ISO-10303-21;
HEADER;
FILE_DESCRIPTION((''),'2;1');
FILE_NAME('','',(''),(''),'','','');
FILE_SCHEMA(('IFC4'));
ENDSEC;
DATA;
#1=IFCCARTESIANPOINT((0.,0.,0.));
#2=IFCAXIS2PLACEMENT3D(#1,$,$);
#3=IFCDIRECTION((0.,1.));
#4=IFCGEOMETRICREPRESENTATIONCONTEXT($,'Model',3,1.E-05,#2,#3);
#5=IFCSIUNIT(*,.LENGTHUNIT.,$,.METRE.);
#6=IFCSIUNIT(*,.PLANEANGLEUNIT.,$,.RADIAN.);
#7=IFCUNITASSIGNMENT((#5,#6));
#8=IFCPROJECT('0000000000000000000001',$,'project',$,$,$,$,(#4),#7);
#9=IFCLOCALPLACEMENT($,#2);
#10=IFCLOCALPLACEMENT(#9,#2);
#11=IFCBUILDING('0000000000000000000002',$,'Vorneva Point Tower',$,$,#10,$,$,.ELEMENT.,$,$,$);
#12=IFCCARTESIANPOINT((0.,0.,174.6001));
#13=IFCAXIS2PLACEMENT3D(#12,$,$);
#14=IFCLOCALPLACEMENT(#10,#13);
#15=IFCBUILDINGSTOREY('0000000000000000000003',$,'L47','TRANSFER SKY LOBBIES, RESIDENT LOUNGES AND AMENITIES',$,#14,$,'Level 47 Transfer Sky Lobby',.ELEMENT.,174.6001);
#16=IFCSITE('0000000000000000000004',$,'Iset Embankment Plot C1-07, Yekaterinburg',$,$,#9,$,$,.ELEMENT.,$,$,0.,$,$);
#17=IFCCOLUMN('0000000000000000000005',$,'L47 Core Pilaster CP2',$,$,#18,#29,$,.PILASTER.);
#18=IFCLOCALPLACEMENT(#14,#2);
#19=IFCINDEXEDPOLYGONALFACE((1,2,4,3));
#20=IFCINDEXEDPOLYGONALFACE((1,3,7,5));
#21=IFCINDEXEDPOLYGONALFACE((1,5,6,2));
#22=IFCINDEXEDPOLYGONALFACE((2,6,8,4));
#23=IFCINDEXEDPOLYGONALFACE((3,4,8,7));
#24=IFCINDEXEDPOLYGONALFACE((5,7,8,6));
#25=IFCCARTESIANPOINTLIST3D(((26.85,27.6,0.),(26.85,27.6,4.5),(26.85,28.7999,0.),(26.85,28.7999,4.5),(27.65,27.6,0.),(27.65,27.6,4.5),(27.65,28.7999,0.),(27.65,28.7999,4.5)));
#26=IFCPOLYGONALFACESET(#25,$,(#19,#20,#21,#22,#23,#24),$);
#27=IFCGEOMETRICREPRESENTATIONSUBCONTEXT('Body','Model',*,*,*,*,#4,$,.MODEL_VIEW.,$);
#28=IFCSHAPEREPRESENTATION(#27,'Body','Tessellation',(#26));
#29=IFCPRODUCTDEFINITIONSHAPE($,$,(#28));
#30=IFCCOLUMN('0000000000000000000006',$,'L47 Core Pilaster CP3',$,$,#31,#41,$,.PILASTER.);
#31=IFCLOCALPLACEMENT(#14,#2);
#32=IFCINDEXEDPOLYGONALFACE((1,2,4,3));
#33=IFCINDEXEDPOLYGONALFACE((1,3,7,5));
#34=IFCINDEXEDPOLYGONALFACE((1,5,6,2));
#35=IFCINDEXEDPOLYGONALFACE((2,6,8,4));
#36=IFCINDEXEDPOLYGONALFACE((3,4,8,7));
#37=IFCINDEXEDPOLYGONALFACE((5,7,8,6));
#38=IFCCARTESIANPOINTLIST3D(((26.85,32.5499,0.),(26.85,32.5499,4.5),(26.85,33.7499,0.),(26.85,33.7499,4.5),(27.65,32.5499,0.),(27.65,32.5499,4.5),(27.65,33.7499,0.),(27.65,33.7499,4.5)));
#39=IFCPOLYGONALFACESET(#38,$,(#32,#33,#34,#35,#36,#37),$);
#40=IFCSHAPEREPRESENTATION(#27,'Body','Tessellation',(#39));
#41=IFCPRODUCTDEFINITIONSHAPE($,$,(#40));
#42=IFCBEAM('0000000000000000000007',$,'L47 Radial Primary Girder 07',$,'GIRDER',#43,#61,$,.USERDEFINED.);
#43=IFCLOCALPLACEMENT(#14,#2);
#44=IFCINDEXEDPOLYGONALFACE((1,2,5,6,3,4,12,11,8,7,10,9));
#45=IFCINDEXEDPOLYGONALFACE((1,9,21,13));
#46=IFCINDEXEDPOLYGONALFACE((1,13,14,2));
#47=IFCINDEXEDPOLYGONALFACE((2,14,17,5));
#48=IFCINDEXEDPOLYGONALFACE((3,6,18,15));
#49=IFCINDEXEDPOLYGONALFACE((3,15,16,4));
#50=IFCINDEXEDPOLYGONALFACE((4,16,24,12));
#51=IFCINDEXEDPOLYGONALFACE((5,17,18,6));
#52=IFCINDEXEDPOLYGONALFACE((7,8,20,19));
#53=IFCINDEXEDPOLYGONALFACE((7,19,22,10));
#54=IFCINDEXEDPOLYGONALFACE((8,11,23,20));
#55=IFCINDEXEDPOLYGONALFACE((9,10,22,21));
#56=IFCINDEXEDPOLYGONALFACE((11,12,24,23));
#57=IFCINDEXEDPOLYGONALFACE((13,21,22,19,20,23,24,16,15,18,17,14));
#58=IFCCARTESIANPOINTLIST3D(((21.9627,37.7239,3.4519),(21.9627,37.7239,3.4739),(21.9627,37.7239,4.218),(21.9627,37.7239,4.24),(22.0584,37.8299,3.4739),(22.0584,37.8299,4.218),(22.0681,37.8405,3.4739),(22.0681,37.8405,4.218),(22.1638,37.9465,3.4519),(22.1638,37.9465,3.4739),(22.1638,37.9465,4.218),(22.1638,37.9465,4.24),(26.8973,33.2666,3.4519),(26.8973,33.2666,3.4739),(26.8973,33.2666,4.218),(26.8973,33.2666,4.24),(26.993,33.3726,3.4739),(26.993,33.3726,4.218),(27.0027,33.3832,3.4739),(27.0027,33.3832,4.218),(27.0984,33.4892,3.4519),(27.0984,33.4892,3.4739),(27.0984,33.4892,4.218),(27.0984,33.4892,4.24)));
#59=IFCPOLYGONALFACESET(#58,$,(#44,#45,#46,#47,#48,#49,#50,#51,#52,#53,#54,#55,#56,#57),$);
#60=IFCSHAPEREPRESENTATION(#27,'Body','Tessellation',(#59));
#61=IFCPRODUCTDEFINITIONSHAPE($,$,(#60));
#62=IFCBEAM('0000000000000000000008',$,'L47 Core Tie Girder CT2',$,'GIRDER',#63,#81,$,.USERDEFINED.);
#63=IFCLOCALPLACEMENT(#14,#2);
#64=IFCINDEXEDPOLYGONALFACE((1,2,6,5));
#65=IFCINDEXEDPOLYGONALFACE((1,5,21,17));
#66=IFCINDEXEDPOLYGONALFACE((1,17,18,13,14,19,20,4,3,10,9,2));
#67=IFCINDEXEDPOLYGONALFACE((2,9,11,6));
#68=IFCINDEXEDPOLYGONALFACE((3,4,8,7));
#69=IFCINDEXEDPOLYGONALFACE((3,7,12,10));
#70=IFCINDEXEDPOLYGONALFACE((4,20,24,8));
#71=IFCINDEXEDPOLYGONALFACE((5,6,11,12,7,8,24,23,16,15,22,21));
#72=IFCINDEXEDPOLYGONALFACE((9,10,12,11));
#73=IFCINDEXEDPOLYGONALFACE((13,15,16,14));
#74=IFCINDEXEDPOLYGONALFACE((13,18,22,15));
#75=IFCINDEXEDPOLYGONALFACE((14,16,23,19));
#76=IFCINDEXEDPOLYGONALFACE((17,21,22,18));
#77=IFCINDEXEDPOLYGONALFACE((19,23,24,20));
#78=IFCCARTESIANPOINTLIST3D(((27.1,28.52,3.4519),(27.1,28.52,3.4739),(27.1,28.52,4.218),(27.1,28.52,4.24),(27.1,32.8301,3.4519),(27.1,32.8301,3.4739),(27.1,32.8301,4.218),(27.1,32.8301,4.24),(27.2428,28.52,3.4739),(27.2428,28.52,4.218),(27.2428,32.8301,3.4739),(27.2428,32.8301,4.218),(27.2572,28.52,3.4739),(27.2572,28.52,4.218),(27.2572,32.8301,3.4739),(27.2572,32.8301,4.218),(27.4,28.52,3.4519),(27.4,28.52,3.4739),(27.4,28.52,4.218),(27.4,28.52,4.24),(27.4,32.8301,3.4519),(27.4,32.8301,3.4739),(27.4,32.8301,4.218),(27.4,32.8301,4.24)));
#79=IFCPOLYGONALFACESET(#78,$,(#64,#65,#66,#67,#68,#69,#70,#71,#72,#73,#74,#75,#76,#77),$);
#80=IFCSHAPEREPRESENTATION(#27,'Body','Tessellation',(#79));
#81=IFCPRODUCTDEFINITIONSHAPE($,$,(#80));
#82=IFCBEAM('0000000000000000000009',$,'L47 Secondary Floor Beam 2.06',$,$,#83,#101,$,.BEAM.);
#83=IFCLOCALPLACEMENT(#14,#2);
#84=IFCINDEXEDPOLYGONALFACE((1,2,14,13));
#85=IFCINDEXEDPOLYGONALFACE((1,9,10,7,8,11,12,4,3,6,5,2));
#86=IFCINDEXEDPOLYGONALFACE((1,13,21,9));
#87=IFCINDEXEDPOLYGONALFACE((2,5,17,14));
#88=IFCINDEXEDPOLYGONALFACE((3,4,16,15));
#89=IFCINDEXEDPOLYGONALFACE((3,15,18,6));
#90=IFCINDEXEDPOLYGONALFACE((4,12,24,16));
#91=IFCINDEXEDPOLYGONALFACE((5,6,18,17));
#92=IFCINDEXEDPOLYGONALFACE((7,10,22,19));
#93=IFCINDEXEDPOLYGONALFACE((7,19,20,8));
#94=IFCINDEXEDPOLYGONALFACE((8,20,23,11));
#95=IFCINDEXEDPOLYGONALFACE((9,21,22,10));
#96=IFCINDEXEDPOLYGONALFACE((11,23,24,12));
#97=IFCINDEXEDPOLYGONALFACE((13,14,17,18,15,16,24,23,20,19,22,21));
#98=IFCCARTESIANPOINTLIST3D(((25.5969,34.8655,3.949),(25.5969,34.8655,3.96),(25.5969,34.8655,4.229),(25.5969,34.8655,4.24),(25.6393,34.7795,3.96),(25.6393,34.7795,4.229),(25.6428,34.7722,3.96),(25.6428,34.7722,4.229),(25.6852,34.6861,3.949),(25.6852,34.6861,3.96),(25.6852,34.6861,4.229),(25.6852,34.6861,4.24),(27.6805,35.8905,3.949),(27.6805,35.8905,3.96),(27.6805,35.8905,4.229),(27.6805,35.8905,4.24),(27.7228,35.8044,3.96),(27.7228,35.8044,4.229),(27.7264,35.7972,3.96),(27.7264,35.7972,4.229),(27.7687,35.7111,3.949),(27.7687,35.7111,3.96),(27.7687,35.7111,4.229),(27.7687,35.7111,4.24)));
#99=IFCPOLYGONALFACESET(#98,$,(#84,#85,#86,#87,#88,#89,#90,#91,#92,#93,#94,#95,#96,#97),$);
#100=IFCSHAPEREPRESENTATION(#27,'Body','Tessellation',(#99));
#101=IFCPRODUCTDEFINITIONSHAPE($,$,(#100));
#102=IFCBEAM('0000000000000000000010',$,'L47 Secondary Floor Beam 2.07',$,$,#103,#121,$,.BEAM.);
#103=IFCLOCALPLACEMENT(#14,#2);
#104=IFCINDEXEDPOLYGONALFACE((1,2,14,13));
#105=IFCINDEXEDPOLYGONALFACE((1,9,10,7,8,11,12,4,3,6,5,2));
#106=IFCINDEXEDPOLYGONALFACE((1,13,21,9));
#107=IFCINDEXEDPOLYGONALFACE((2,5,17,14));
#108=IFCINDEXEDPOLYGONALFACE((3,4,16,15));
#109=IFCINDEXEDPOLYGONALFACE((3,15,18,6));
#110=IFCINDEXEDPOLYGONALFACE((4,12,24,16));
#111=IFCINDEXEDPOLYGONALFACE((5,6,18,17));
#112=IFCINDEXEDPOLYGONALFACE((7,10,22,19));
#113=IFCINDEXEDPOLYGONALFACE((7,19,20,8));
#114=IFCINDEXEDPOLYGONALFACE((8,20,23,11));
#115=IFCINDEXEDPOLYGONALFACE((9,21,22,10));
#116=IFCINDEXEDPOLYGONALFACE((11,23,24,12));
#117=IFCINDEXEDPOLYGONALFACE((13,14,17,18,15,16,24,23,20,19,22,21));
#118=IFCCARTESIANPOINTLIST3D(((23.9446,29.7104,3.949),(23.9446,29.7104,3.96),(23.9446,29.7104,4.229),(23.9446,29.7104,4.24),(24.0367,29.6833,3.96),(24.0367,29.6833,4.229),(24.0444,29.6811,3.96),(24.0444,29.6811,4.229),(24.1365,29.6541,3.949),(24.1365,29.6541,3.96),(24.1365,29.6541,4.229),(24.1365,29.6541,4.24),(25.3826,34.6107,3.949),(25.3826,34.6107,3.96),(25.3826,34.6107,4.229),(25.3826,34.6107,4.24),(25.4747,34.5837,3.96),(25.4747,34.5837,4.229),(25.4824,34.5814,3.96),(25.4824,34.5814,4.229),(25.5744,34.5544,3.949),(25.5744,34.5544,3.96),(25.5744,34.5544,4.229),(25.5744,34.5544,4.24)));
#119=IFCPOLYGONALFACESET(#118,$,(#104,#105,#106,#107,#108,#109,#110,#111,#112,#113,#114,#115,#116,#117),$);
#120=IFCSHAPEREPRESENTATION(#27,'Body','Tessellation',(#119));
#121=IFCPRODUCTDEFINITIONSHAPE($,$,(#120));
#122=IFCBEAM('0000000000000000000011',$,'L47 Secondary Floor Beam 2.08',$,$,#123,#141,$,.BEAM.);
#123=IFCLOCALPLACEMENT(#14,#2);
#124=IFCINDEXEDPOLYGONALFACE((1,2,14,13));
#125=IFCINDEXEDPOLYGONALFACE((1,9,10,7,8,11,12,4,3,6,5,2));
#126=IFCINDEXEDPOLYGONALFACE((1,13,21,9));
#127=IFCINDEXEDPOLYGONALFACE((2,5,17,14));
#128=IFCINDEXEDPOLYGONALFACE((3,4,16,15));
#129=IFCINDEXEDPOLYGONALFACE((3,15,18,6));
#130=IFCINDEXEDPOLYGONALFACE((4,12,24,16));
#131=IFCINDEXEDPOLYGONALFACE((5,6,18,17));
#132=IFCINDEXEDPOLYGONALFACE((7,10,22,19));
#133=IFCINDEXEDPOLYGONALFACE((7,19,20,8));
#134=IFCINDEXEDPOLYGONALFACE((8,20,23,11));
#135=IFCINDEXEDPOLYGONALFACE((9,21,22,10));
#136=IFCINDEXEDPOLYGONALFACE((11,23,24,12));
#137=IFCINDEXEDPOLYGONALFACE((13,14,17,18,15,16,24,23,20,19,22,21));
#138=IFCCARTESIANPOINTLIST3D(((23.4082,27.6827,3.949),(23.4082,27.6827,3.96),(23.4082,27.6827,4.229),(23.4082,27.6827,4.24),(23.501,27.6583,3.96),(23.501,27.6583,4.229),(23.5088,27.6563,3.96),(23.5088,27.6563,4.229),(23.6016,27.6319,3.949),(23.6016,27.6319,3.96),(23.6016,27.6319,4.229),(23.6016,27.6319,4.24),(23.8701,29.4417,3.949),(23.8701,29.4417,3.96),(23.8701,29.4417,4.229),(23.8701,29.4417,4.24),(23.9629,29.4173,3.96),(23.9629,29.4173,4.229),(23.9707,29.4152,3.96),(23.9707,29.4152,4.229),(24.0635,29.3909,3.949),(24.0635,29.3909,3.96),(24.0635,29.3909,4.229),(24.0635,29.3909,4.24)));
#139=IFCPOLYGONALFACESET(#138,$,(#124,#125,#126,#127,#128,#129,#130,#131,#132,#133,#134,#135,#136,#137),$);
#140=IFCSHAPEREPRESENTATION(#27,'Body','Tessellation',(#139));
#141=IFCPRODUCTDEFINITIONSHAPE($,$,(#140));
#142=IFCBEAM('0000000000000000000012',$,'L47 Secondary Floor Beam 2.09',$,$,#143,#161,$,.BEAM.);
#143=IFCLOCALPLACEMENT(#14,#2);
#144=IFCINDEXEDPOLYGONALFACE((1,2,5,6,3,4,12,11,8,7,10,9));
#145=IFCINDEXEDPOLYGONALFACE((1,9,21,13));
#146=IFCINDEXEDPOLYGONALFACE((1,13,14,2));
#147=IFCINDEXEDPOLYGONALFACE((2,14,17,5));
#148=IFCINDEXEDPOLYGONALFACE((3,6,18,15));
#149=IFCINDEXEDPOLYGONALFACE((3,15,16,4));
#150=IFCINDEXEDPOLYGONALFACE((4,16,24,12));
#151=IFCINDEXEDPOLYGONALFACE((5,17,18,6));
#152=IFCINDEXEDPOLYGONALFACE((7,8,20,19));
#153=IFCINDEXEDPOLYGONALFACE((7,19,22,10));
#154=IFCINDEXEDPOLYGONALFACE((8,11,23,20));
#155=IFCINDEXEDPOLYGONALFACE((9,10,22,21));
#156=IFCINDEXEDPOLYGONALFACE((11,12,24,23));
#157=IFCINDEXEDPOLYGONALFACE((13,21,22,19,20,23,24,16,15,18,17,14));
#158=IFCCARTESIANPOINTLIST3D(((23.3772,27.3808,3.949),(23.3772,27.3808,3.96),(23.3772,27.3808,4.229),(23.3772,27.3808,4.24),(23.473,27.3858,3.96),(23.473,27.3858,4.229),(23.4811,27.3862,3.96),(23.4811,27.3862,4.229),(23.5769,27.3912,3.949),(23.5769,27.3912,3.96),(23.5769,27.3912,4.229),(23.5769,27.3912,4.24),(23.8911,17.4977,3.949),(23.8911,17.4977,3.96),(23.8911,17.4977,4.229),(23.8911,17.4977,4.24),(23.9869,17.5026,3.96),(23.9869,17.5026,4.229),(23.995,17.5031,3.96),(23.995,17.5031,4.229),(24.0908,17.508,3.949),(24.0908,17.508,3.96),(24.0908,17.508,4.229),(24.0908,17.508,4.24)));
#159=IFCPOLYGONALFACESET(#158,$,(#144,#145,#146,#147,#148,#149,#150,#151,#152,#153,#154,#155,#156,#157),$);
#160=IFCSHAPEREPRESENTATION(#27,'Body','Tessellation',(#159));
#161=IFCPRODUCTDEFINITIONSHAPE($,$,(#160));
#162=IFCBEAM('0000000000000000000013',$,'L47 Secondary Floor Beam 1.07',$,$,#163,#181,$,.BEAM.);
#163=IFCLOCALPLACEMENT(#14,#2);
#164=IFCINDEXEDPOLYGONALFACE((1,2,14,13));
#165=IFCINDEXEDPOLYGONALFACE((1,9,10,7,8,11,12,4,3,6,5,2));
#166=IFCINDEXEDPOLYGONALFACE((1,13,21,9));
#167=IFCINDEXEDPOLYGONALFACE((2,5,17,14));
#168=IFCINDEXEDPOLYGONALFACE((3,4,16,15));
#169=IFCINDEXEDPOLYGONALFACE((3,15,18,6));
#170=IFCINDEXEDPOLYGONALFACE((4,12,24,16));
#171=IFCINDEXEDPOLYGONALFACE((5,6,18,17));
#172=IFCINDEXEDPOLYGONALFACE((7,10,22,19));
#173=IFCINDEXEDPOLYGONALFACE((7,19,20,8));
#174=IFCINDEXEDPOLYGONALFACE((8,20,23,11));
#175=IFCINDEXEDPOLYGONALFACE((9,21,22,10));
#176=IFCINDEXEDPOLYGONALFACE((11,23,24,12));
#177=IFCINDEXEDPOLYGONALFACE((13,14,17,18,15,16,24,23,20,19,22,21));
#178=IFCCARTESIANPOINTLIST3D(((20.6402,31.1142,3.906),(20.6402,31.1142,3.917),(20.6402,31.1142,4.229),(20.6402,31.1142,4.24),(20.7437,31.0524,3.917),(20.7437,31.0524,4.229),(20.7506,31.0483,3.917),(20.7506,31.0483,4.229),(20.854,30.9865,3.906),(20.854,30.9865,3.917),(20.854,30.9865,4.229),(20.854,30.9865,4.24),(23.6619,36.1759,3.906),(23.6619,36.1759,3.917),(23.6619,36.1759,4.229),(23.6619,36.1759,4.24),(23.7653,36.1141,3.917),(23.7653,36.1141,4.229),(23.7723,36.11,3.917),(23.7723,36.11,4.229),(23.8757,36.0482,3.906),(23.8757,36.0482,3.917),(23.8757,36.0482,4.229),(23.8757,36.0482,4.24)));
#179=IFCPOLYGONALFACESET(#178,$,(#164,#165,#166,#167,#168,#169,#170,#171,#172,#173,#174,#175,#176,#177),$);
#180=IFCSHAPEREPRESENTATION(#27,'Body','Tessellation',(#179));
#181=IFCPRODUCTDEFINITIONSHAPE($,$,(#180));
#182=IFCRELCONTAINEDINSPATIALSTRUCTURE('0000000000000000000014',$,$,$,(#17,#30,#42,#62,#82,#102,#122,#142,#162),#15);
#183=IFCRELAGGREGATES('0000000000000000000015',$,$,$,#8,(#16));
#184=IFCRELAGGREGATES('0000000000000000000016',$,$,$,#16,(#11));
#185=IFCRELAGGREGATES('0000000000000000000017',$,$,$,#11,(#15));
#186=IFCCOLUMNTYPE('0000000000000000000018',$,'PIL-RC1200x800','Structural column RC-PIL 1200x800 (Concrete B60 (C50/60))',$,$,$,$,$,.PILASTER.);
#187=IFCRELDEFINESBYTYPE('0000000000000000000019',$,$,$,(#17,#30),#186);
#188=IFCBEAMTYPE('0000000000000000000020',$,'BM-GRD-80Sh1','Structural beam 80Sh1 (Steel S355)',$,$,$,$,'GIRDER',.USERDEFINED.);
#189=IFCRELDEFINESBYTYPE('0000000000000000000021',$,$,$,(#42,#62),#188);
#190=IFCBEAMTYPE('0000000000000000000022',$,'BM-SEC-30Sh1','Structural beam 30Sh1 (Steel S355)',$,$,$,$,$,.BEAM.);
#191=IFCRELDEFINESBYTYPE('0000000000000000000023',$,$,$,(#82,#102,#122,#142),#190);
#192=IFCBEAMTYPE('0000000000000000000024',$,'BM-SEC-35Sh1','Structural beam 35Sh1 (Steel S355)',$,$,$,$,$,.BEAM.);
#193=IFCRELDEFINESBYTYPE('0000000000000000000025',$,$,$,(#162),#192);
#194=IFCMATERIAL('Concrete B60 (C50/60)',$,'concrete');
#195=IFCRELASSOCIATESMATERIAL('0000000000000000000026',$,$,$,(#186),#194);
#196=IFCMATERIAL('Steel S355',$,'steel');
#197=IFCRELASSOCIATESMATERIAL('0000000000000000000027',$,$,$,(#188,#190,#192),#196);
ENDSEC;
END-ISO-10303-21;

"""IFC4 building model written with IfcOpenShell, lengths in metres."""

from ifc_helpers import new_model, si_unit, direction, frame, origin, origin_2d, place, context, subcontext, project, spatial, rectangle, i_section, extrude, material, material_profile, profile_set, type_object, element, save


model = new_model("IFC4")

# Units and contexts
model_context = context("Model", 3, precision=1e-05, world=origin(), true_north=direction((0.0, 1.0)))
body_context = subcontext(model_context, "Body", "Model", "MODEL_VIEW")
ifc_project = project(units=[si_unit("LENGTHUNIT", "METRE"), si_unit("PLANEANGLEUNIT", "RADIAN")], contexts=[model_context])

# Site, building, storey
site_placement = place(None, origin())
site = spatial("IfcSite", under=ifc_project, at=site_placement, Name="Iset Embankment Plot C1-07, Yekaterinburg", CompositionType="ELEMENT", RefElevation=0.0)
building_placement = place(site_placement, origin())
building = spatial("IfcBuilding", under=site, at=building_placement, Name="Vorneva Point Tower", CompositionType="ELEMENT")
storey_placement = place(building_placement, frame((0.0, 0.0, 174.6001)))
storey = spatial("IfcBuildingStorey", under=building, at=storey_placement, Name="L47", Description="TRANSFER SKY LOBBIES, RESIDENT LOUNGES AND AMENITIES", LongName="Level 47 Transfer Sky Lobby", CompositionType="ELEMENT", Elevation=174.6001)

# Columns
ifc_material_1 = material(Name="Concrete B60 (C50/60)", Category="concrete")
ifc_material_profile_1 = material_profile(ifc_material_1, rectangle(XDim=0.8, YDim=1.2, at=origin_2d()), Name="RC-PIL 1200x800")
ifc_profile_set_1 = profile_set([ifc_material_profile_1], Name="Concrete B60 (C50/60)")
column_type_1 = type_object("IfcColumnType", Name="PIL-RC1200x800", Description="Structural column RC-PIL 1200x800 (Concrete B60 (C50/60))", PredefinedType="PILASTER", material=ifc_profile_set_1)
for number, where, z_axis, x_axis, name in (
    (1, (27.25, 28.2, 0.0), (0.0, 0.0, 1.0), (1.0, 0.0, 0.0), "L47 Core Pilaster CP2"),
    (2, (27.25, 33.1499, 0.0), (0.0, 0.0, 1.0), (1.0, 0.0, 0.0), "L47 Core Pilaster CP3"),
):
    element("IfcColumn", number, at=place(storey_placement, frame(where, z_axis=z_axis, x_axis=x_axis)), inside=storey, type_object=column_type_1, Name=name, PredefinedType="PILASTER", context=body_context, shape_type="SweptSolid", body=[
        extrude(rectangle(XDim=0.8, YDim=1.2, at=origin_2d()), origin(), (0.0, 0.0, 1.0), 4.5),
    ])

# Beams
ifc_material_2 = material(Name="Steel S355", Category="steel")
ifc_material_profile_2 = material_profile(ifc_material_2, i_section(OverallWidth=0.3, OverallDepth=0.7881, WebThickness=0.0144, FlangeThickness=0.022, at=origin_2d()), Name="80Sh1")
ifc_profile_set_2 = profile_set([ifc_material_profile_2], Name="Steel S355")
beam_type_1 = type_object("IfcBeamType", Name="BM-GRD-80Sh1", Description="Structural beam 80Sh1 (Steel S355)", ElementType="GIRDER", PredefinedType="USERDEFINED", material=ifc_profile_set_2)
beam_1_placement = place(storey_placement, frame((22.0632, 37.8352, 3.8459), z_axis=(0.742084, -0.670306, 0.0), x_axis=(0.670306, 0.742084, 0.0)))
element("IfcBeam", 3, at=beam_1_placement, inside=storey, type_object=beam_type_1, Name="L47 Radial Primary Girder 07", ObjectType="GIRDER", PredefinedType="USERDEFINED", context=body_context, shape_type="SweptSolid", body=[
    extrude(i_section(OverallWidth=0.3, OverallDepth=0.7881, WebThickness=0.0144, FlangeThickness=0.022, at=origin_2d()), origin(), (0.0, 0.0, 1.0), 6.6497),
])
beam_2_placement = place(storey_placement, frame((27.25, 28.52, 3.8459), z_axis=(0.0, 1.0, 0.0), x_axis=(-1.0, 0.0, 0.0)))
element("IfcBeam", 4, at=beam_2_placement, inside=storey, type_object=beam_type_1, Name="L47 Core Tie Girder CT2", ObjectType="GIRDER", PredefinedType="USERDEFINED", context=body_context, shape_type="SweptSolid", body=[
    extrude(i_section(OverallWidth=0.3, OverallDepth=0.7881, WebThickness=0.0144, FlangeThickness=0.022, at=origin_2d()), origin(), (0.0, 0.0, 1.0), 4.3101),
])
ifc_material_profile_3 = material_profile(ifc_material_2, i_section(OverallWidth=0.2, OverallDepth=0.291, WebThickness=0.0081, FlangeThickness=0.011, at=origin_2d()), Name="30Sh1")
ifc_profile_set_3 = profile_set([ifc_material_profile_3], Name="Steel S355")
beam_type_2 = type_object("IfcBeamType", Name="BM-SEC-30Sh1", Description="Structural beam 30Sh1 (Steel S355)", PredefinedType="BEAM", material=ifc_profile_set_3)
beam_3_placement = place(storey_placement, frame((27.7246, 35.8008, 4.0945), z_axis=(-0.89731, -0.4414, 0.0), x_axis=(0.4414, -0.89731, 0.0)))
element("IfcBeam", 5, at=beam_3_placement, inside=storey, type_object=beam_type_2, Name="L47 Secondary Floor Beam 2.06", PredefinedType="BEAM", context=body_context, shape_type="SweptSolid", body=[
    extrude(i_section(OverallWidth=0.2, OverallDepth=0.291, WebThickness=0.0081, FlangeThickness=0.011, at=origin_2d()), origin(), (0.0, 0.0, 1.0), 2.322),
])
beam_4_placement = place(storey_placement, frame((25.4785, 34.5825, 4.0945), z_axis=(-0.281571, -0.95954, 0.0), x_axis=(0.95954, -0.281571, 0.0)))
element("IfcBeam", 6, at=beam_4_placement, inside=storey, type_object=beam_type_2, Name="L47 Secondary Floor Beam 2.07", PredefinedType="BEAM", context=body_context, shape_type="SweptSolid", body=[
    extrude(i_section(OverallWidth=0.2, OverallDepth=0.291, WebThickness=0.0081, FlangeThickness=0.011, at=origin_2d()), origin(), (0.0, 0.0, 1.0), 5.1069),
])
beam_5_placement = place(storey_placement, frame((23.9668, 29.4163, 4.0945), z_axis=(-0.253984, -0.967208, 0.0), x_axis=(0.967208, -0.253984, 0.0)))
element("IfcBeam", 7, at=beam_5_placement, inside=storey, type_object=beam_type_2, Name="L47 Secondary Floor Beam 2.08", PredefinedType="BEAM", context=body_context, shape_type="SweptSolid", body=[
    extrude(i_section(OverallWidth=0.2, OverallDepth=0.291, WebThickness=0.0081, FlangeThickness=0.011, at=origin_2d()), origin(), (0.0, 0.0, 1.0), 1.8186),
])
beam_6_placement = place(storey_placement, frame((23.4771, 27.386, 4.0945), z_axis=(0.05193, -0.998651, 0.0), x_axis=(0.998651, 0.05193, 0.0)))
element("IfcBeam", 8, at=beam_6_placement, inside=storey, type_object=beam_type_2, Name="L47 Secondary Floor Beam 2.09", PredefinedType="BEAM", context=body_context, shape_type="SweptSolid", body=[
    extrude(i_section(OverallWidth=0.2, OverallDepth=0.291, WebThickness=0.0081, FlangeThickness=0.011, at=origin_2d()), origin(), (0.0, 0.0, 1.0), 9.8965),
])
ifc_material_profile_4 = material_profile(ifc_material_2, i_section(OverallWidth=0.249, OverallDepth=0.334, WebThickness=0.0081, FlangeThickness=0.011, at=origin_2d()), Name="35Sh1")
ifc_profile_set_4 = profile_set([ifc_material_profile_4], Name="Steel S355")
beam_type_3 = type_object("IfcBeamType", Name="BM-SEC-35Sh1", Description="Structural beam 35Sh1 (Steel S355)", PredefinedType="BEAM", material=ifc_profile_set_4)
beam_7_placement = place(storey_placement, frame((23.7688, 36.1121, 4.073), z_axis=(-0.512582, -0.858638, 0.0), x_axis=(0.858638, -0.512582, 0.0)))
element("IfcBeam", 9, at=beam_7_placement, inside=storey, type_object=beam_type_3, Name="L47 Secondary Floor Beam 1.07", PredefinedType="BEAM", context=body_context, shape_type="SweptSolid", body=[
    extrude(i_section(OverallWidth=0.249, OverallDepth=0.334, WebThickness=0.0081, FlangeThickness=0.011, at=origin_2d()), origin(), (0.0, 0.0, 1.0), 5.895),
])

save(model, "model.ifc")
